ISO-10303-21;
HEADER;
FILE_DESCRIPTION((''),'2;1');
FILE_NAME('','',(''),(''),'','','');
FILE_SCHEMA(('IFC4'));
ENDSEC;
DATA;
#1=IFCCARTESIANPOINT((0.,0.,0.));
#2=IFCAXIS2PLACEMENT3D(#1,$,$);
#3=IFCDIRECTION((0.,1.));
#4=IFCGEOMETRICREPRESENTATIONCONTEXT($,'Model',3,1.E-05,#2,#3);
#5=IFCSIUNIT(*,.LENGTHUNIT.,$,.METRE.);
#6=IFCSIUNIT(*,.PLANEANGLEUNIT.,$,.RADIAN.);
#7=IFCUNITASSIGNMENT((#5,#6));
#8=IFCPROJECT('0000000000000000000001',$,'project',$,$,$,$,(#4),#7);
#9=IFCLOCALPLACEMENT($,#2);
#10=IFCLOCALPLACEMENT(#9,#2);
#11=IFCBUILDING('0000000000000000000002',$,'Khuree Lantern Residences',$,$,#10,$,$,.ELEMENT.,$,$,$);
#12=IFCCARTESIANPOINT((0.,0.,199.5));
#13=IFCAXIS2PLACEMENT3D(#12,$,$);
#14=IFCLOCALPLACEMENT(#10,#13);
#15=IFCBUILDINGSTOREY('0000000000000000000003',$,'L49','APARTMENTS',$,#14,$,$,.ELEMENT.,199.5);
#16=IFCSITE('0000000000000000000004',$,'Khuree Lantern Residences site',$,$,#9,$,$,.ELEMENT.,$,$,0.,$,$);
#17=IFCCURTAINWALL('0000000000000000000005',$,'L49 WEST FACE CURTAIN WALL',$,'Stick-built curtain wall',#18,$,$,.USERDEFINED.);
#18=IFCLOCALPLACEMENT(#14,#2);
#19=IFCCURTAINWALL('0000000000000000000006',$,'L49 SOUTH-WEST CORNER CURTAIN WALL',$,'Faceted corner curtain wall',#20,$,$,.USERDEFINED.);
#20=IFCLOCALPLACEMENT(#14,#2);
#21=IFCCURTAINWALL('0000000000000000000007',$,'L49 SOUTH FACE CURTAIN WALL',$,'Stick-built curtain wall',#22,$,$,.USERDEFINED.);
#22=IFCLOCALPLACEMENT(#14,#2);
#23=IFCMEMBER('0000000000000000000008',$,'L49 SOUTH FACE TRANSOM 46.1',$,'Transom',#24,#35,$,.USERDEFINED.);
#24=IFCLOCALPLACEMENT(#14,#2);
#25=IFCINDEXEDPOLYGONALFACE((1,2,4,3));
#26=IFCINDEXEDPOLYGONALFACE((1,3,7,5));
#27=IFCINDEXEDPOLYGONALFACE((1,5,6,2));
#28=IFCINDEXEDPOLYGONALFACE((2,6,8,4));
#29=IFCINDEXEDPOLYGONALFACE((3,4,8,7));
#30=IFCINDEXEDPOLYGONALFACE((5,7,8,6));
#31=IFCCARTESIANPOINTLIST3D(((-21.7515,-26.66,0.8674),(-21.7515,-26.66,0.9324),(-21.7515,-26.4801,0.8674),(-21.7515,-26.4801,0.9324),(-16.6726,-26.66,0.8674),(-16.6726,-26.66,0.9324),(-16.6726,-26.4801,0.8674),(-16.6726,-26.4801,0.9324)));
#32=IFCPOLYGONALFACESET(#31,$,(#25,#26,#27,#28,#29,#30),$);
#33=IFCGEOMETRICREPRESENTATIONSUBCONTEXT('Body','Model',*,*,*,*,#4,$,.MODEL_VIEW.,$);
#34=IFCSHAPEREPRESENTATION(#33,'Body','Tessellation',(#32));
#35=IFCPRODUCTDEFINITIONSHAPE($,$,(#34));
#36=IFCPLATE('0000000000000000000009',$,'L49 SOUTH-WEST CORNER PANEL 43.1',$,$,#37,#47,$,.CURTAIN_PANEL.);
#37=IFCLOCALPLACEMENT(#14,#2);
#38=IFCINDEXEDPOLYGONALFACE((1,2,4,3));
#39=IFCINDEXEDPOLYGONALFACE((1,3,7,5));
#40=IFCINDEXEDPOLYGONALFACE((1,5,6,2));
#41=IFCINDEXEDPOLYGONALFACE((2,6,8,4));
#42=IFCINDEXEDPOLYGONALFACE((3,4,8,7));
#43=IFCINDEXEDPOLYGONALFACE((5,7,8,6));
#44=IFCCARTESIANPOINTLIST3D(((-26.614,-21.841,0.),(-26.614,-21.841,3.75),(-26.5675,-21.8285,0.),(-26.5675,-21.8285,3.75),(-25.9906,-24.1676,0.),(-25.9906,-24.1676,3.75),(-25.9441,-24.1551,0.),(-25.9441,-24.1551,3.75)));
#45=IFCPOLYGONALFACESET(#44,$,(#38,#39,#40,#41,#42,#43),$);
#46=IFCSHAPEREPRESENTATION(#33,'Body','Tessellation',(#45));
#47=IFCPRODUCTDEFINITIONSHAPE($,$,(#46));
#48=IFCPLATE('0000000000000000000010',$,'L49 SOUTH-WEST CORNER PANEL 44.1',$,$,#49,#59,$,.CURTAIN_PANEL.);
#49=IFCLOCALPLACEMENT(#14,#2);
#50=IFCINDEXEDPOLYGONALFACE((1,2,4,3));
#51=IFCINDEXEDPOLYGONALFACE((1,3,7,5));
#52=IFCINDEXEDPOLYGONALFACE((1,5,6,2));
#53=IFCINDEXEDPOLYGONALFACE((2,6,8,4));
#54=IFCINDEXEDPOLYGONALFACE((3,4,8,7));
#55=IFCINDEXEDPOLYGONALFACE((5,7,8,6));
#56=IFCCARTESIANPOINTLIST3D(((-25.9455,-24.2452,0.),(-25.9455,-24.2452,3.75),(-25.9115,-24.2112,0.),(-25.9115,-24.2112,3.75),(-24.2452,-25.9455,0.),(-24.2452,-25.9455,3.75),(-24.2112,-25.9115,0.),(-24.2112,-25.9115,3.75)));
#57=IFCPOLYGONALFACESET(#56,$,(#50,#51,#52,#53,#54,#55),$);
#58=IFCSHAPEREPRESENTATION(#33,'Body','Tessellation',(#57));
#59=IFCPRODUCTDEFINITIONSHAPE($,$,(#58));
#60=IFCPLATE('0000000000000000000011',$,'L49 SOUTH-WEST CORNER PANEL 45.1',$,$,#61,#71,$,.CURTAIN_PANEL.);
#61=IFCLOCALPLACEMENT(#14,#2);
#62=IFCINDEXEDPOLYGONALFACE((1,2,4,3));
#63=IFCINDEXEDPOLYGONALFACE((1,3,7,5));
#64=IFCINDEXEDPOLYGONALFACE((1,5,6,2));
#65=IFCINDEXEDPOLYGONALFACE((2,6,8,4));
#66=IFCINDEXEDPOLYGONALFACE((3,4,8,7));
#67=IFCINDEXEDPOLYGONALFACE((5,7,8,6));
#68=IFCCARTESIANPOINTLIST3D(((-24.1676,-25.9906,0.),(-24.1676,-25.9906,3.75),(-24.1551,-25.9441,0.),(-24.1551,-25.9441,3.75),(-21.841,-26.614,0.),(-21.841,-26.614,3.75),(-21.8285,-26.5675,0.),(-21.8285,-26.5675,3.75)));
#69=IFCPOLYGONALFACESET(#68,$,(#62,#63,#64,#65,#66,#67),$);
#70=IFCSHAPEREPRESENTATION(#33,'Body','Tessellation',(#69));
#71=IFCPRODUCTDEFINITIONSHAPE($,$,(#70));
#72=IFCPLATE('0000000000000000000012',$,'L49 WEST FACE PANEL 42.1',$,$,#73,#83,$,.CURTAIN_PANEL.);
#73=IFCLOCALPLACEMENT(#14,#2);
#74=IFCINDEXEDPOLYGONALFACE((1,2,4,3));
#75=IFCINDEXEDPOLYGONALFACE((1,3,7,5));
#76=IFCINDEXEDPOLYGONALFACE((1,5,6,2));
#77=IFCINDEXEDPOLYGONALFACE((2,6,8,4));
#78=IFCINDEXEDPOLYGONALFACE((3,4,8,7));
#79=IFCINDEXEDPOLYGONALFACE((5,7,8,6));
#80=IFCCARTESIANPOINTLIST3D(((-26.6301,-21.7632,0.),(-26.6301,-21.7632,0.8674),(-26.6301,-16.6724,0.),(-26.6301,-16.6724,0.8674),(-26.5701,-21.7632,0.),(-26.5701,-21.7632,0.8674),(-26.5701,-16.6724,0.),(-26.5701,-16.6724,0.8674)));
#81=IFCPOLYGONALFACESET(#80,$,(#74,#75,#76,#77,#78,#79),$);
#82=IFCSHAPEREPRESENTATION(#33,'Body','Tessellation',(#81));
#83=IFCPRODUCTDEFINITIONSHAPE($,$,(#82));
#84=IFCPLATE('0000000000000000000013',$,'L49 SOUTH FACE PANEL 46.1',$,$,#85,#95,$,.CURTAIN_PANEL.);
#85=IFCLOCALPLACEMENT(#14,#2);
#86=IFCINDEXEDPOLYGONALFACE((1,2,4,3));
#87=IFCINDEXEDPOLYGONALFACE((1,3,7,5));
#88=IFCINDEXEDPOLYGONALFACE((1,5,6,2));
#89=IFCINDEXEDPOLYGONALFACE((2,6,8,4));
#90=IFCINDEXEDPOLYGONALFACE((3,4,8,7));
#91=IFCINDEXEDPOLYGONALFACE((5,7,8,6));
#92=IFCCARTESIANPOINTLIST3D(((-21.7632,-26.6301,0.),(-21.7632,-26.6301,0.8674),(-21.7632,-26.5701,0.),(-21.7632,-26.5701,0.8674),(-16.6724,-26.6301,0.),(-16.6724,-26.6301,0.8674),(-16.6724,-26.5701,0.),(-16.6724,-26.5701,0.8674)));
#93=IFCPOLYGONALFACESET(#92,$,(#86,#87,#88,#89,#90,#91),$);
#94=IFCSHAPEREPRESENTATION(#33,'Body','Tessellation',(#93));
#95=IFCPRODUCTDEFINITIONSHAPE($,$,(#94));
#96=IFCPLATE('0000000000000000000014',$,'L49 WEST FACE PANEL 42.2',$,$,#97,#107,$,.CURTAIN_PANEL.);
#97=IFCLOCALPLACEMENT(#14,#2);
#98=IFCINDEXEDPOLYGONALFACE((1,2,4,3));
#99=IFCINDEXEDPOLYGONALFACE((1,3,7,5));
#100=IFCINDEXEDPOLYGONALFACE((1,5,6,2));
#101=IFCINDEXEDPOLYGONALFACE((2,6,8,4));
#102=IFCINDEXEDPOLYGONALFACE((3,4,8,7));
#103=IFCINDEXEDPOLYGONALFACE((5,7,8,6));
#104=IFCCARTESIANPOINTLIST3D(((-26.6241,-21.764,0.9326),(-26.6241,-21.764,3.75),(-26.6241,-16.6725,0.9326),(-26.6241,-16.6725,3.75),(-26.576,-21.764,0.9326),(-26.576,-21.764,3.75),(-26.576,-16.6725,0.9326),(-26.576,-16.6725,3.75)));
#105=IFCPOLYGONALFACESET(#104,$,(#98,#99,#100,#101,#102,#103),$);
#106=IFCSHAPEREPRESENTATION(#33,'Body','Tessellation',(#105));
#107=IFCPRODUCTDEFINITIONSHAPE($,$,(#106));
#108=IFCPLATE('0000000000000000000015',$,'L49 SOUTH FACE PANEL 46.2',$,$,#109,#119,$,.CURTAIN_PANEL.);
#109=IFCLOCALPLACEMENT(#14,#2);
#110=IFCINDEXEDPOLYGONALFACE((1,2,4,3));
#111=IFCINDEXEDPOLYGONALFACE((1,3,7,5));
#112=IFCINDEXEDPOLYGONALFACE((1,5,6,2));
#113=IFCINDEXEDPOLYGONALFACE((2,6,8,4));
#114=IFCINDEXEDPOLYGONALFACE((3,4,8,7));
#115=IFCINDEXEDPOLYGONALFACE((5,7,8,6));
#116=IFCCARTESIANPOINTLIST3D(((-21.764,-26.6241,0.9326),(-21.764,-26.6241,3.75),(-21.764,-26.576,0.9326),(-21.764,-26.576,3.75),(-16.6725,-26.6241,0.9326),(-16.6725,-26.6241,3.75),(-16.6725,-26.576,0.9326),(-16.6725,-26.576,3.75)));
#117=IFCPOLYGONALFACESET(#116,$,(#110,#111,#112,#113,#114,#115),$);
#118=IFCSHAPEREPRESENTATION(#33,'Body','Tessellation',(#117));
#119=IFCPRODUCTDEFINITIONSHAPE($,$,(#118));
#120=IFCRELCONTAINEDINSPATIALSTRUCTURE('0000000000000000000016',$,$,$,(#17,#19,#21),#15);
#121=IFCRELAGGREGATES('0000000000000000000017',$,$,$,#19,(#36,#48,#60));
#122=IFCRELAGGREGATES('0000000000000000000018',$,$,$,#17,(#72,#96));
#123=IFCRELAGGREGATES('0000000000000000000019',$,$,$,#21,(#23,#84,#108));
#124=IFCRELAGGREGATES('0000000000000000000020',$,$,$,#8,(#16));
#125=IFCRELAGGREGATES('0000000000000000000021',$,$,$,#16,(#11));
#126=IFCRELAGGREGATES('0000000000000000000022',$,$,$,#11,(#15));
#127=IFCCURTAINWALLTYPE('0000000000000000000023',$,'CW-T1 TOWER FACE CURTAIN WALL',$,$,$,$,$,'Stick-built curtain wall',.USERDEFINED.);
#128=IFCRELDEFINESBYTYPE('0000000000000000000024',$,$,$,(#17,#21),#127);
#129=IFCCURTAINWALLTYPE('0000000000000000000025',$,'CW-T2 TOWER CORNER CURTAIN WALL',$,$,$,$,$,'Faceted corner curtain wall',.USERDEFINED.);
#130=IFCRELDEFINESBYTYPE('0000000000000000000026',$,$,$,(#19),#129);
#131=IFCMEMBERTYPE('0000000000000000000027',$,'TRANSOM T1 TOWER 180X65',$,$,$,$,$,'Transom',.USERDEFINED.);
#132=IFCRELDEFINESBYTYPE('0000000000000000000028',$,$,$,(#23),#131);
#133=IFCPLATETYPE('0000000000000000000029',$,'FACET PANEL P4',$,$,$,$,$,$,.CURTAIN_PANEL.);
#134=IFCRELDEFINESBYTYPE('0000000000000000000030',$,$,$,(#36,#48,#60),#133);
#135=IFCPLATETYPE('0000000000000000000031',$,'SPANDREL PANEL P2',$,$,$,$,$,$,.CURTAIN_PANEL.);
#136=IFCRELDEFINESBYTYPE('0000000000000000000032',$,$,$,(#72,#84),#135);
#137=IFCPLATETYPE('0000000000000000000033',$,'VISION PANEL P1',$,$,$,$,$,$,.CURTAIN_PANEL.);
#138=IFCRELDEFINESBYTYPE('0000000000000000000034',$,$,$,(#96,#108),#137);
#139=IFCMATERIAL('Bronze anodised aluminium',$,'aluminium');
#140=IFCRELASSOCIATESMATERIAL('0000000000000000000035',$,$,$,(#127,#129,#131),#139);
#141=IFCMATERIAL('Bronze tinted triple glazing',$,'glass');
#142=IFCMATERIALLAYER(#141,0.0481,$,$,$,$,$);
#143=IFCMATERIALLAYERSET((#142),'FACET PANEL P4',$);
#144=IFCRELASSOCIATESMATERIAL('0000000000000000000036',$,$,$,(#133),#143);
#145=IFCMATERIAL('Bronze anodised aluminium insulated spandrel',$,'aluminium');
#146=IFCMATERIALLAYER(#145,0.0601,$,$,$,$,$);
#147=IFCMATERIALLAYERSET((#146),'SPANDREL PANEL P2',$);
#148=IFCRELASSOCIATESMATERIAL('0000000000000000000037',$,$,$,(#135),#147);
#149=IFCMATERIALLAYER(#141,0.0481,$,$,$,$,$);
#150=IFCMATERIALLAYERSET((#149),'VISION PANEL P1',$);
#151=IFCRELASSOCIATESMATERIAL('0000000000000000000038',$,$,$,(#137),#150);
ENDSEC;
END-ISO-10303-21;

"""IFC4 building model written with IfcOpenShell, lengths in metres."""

from ifc_helpers import new_model, si_unit, direction, frame, origin, origin_2d, place, context, subcontext, project, spatial, rectangle, extrude, material, layer, layer_set, material_profile, profile_set, type_object, element, aggregate, save


model = new_model("IFC4")

# Units and contexts
model_context = context("Model", 3, precision=1e-05, world=origin(), true_north=direction((0.0, 1.0)))
body_context = subcontext(model_context, "Body", "Model", "MODEL_VIEW")
ifc_project = project(units=[si_unit("LENGTHUNIT", "METRE"), si_unit("PLANEANGLEUNIT", "RADIAN")], contexts=[model_context])

# Site, building, storey
site_placement = place(None, origin())
site = spatial("IfcSite", under=ifc_project, at=site_placement, Name="Khuree Lantern Residences site", CompositionType="ELEMENT", RefElevation=0.0)
building_placement = place(site_placement, origin())
building = spatial("IfcBuilding", under=site, at=building_placement, Name="Khuree Lantern Residences", CompositionType="ELEMENT")
storey_placement = place(building_placement, frame((0.0, 0.0, 199.5)))
storey = spatial("IfcBuildingStorey", under=building, at=storey_placement, Name="L49", Description="APARTMENTS", CompositionType="ELEMENT", Elevation=199.5)

# Curtain wall
ifc_material_1 = material(Name="Bronze anodised aluminium", Category="aluminium")
curtain_wall_type_1 = type_object("IfcCurtainWallType", Name="CW-T1 TOWER FACE CURTAIN WALL", ElementType="Stick-built curtain wall", PredefinedType="USERDEFINED", material=ifc_material_1)
curtain_wall_1_placement = place(storey_placement, origin())
curtain_wall_1 = element("IfcCurtainWall", 1, at=curtain_wall_1_placement, inside=storey, type_object=curtain_wall_type_1, Name="L49 WEST FACE CURTAIN WALL", ObjectType="Stick-built curtain wall", PredefinedType="USERDEFINED")

# Curtain wall
curtain_wall_type_2 = type_object("IfcCurtainWallType", Name="CW-T2 TOWER CORNER CURTAIN WALL", ElementType="Faceted corner curtain wall", PredefinedType="USERDEFINED", material=ifc_material_1)
curtain_wall_2_placement = place(storey_placement, origin())
curtain_wall_2 = element("IfcCurtainWall", 2, at=curtain_wall_2_placement, inside=storey, type_object=curtain_wall_type_2, Name="L49 SOUTH-WEST CORNER CURTAIN WALL", ObjectType="Faceted corner curtain wall", PredefinedType="USERDEFINED")

# Curtain wall
curtain_wall_3_placement = place(storey_placement, origin())
curtain_wall_3 = element("IfcCurtainWall", 3, at=curtain_wall_3_placement, inside=storey, type_object=curtain_wall_type_1, Name="L49 SOUTH FACE CURTAIN WALL", ObjectType="Stick-built curtain wall", PredefinedType="USERDEFINED")

# Member
ifc_material_profile_1 = material_profile(ifc_material_1, rectangle(XDim=0.1799, YDim=0.0649, at=origin_2d()), Name="T1 180X65")
ifc_profile_set_1 = profile_set([ifc_material_profile_1], Name="Bronze anodised aluminium")
member_type_1 = type_object("IfcMemberType", Name="TRANSOM T1 TOWER 180X65", ElementType="Transom", PredefinedType="USERDEFINED", material=ifc_profile_set_1)
member_1_placement = place(storey_placement, frame((-21.7515, -26.5701, 0.8999), z_axis=(1.0, 0.0, 0.0), x_axis=(0.0, 1.0, 0.0)))
member_1 = element("IfcMember", 4, at=member_1_placement, type_object=member_type_1, Name="L49 SOUTH FACE TRANSOM 46.1", ObjectType="Transom", PredefinedType="USERDEFINED", context=body_context, shape_type="SweptSolid", body=[
    extrude(rectangle(XDim=0.1799, YDim=0.0649, at=origin_2d()), origin(), (0.0, 0.0, 1.0), 5.0789),
])

# Plates
ifc_material_2 = material(Name="Bronze tinted triple glazing", Category="glass")
ifc_layer_1 = layer(ifc_material_2, 0.0481)
ifc_layer_set_1 = layer_set([ifc_layer_1], Name="FACET PANEL P4")
plate_type_1 = type_object("IfcPlateType", Name="FACET PANEL P4", PredefinedType="CURTAIN_PANEL", material=ifc_layer_set_1)
plate_1_placement = place(storey_placement, frame((-26.2791, -22.998, 0.0), z_axis=(0.0, 0.0, 1.0), x_axis=(0.258819, -0.965926, 0.0)))
plate_1 = element("IfcPlate", 5, at=plate_1_placement, type_object=plate_type_1, Name="L49 SOUTH-WEST CORNER PANEL 43.1", PredefinedType="CURTAIN_PANEL", context=body_context, shape_type="SweptSolid", body=[
    extrude(rectangle(XDim=2.4087, YDim=0.0481, at=origin_2d()), origin(), (0.0, 0.0, 1.0), 3.75),
])
plate_2_placement = place(storey_placement, frame((-25.0784, -25.0784, 0.0), z_axis=(0.0, 0.0, 1.0), x_axis=(0.707107, -0.707107, 0.0)))
plate_2 = element("IfcPlate", 6, at=plate_2_placement, type_object=plate_type_1, Name="L49 SOUTH-WEST CORNER PANEL 44.1", PredefinedType="CURTAIN_PANEL", context=body_context, shape_type="SweptSolid", body=[
    extrude(rectangle(XDim=2.4045, YDim=0.0481, at=origin_2d()), origin(), (0.0, 0.0, 1.0), 3.75),
])
plate_3_placement = place(storey_placement, frame((-22.998, -26.2791, 0.0), z_axis=(0.0, 0.0, 1.0), x_axis=(0.965926, -0.258819, 0.0)))
plate_3 = element("IfcPlate", 7, at=plate_3_placement, type_object=plate_type_1, Name="L49 SOUTH-WEST CORNER PANEL 45.1", PredefinedType="CURTAIN_PANEL", context=body_context, shape_type="SweptSolid", body=[
    extrude(rectangle(XDim=2.4087, YDim=0.0481, at=origin_2d()), origin(), (0.0, 0.0, 1.0), 3.75),
])
aggregate(curtain_wall_2, [plate_1, plate_2, plate_3])
ifc_material_3 = material(Name="Bronze anodised aluminium insulated spandrel", Category="aluminium")
ifc_layer_2 = layer(ifc_material_3, 0.0601)
ifc_layer_set_2 = layer_set([ifc_layer_2], Name="SPANDREL PANEL P2")
plate_type_2 = type_object("IfcPlateType", Name="SPANDREL PANEL P2", PredefinedType="CURTAIN_PANEL", material=ifc_layer_set_2)
plate_4_placement = place(storey_placement, frame((-26.6001, -19.2178, 0.0), z_axis=(0.0, 0.0, 1.0), x_axis=(0.0, -1.0, 0.0)))
plate_4 = element("IfcPlate", 8, at=plate_4_placement, type_object=plate_type_2, Name="L49 WEST FACE PANEL 42.1", PredefinedType="CURTAIN_PANEL", context=body_context, shape_type="SweptSolid", body=[
    extrude(rectangle(XDim=5.0908, YDim=0.0601, at=origin_2d()), origin(), (0.0, 0.0, 1.0), 0.8674),
])
plate_5_placement = place(storey_placement, frame((-19.2178, -26.6001, 0.0), z_axis=(0.0, 0.0, 1.0), x_axis=(1.0, 0.0, 0.0)))
plate_5 = element("IfcPlate", 9, at=plate_5_placement, type_object=plate_type_2, Name="L49 SOUTH FACE PANEL 46.1", PredefinedType="CURTAIN_PANEL", context=body_context, shape_type="SweptSolid", body=[
    extrude(rectangle(XDim=5.0908, YDim=0.0601, at=origin_2d()), origin(), (0.0, 0.0, 1.0), 0.8674),
])
ifc_layer_3 = layer(ifc_material_2, 0.0481)
ifc_layer_set_3 = layer_set([ifc_layer_3], Name="VISION PANEL P1")
plate_type_3 = type_object("IfcPlateType", Name="VISION PANEL P1", PredefinedType="CURTAIN_PANEL", material=ifc_layer_set_3)
plate_6_placement = place(storey_placement, frame((-26.6001, -19.2183, 0.9326), z_axis=(0.0, 0.0, 1.0), x_axis=(0.0, -1.0, 0.0)))
plate_6 = element("IfcPlate", 10, at=plate_6_placement, type_object=plate_type_3, Name="L49 WEST FACE PANEL 42.2", PredefinedType="CURTAIN_PANEL", context=body_context, shape_type="SweptSolid", body=[
    extrude(rectangle(XDim=5.0916, YDim=0.0481, at=origin_2d()), origin(), (0.0, 0.0, 1.0), 2.8174),
])
aggregate(curtain_wall_1, [plate_4, plate_6])
plate_7_placement = place(storey_placement, frame((-19.2183, -26.6001, 0.9326), z_axis=(0.0, 0.0, 1.0), x_axis=(1.0, 0.0, 0.0)))
plate_7 = element("IfcPlate", 11, at=plate_7_placement, type_object=plate_type_3, Name="L49 SOUTH FACE PANEL 46.2", PredefinedType="CURTAIN_PANEL", context=body_context, shape_type="SweptSolid", body=[
    extrude(rectangle(XDim=5.0916, YDim=0.0481, at=origin_2d()), origin(), (0.0, 0.0, 1.0), 2.8174),
])
aggregate(curtain_wall_3, [member_1, plate_5, plate_7])

save(model, "model.ifc")
